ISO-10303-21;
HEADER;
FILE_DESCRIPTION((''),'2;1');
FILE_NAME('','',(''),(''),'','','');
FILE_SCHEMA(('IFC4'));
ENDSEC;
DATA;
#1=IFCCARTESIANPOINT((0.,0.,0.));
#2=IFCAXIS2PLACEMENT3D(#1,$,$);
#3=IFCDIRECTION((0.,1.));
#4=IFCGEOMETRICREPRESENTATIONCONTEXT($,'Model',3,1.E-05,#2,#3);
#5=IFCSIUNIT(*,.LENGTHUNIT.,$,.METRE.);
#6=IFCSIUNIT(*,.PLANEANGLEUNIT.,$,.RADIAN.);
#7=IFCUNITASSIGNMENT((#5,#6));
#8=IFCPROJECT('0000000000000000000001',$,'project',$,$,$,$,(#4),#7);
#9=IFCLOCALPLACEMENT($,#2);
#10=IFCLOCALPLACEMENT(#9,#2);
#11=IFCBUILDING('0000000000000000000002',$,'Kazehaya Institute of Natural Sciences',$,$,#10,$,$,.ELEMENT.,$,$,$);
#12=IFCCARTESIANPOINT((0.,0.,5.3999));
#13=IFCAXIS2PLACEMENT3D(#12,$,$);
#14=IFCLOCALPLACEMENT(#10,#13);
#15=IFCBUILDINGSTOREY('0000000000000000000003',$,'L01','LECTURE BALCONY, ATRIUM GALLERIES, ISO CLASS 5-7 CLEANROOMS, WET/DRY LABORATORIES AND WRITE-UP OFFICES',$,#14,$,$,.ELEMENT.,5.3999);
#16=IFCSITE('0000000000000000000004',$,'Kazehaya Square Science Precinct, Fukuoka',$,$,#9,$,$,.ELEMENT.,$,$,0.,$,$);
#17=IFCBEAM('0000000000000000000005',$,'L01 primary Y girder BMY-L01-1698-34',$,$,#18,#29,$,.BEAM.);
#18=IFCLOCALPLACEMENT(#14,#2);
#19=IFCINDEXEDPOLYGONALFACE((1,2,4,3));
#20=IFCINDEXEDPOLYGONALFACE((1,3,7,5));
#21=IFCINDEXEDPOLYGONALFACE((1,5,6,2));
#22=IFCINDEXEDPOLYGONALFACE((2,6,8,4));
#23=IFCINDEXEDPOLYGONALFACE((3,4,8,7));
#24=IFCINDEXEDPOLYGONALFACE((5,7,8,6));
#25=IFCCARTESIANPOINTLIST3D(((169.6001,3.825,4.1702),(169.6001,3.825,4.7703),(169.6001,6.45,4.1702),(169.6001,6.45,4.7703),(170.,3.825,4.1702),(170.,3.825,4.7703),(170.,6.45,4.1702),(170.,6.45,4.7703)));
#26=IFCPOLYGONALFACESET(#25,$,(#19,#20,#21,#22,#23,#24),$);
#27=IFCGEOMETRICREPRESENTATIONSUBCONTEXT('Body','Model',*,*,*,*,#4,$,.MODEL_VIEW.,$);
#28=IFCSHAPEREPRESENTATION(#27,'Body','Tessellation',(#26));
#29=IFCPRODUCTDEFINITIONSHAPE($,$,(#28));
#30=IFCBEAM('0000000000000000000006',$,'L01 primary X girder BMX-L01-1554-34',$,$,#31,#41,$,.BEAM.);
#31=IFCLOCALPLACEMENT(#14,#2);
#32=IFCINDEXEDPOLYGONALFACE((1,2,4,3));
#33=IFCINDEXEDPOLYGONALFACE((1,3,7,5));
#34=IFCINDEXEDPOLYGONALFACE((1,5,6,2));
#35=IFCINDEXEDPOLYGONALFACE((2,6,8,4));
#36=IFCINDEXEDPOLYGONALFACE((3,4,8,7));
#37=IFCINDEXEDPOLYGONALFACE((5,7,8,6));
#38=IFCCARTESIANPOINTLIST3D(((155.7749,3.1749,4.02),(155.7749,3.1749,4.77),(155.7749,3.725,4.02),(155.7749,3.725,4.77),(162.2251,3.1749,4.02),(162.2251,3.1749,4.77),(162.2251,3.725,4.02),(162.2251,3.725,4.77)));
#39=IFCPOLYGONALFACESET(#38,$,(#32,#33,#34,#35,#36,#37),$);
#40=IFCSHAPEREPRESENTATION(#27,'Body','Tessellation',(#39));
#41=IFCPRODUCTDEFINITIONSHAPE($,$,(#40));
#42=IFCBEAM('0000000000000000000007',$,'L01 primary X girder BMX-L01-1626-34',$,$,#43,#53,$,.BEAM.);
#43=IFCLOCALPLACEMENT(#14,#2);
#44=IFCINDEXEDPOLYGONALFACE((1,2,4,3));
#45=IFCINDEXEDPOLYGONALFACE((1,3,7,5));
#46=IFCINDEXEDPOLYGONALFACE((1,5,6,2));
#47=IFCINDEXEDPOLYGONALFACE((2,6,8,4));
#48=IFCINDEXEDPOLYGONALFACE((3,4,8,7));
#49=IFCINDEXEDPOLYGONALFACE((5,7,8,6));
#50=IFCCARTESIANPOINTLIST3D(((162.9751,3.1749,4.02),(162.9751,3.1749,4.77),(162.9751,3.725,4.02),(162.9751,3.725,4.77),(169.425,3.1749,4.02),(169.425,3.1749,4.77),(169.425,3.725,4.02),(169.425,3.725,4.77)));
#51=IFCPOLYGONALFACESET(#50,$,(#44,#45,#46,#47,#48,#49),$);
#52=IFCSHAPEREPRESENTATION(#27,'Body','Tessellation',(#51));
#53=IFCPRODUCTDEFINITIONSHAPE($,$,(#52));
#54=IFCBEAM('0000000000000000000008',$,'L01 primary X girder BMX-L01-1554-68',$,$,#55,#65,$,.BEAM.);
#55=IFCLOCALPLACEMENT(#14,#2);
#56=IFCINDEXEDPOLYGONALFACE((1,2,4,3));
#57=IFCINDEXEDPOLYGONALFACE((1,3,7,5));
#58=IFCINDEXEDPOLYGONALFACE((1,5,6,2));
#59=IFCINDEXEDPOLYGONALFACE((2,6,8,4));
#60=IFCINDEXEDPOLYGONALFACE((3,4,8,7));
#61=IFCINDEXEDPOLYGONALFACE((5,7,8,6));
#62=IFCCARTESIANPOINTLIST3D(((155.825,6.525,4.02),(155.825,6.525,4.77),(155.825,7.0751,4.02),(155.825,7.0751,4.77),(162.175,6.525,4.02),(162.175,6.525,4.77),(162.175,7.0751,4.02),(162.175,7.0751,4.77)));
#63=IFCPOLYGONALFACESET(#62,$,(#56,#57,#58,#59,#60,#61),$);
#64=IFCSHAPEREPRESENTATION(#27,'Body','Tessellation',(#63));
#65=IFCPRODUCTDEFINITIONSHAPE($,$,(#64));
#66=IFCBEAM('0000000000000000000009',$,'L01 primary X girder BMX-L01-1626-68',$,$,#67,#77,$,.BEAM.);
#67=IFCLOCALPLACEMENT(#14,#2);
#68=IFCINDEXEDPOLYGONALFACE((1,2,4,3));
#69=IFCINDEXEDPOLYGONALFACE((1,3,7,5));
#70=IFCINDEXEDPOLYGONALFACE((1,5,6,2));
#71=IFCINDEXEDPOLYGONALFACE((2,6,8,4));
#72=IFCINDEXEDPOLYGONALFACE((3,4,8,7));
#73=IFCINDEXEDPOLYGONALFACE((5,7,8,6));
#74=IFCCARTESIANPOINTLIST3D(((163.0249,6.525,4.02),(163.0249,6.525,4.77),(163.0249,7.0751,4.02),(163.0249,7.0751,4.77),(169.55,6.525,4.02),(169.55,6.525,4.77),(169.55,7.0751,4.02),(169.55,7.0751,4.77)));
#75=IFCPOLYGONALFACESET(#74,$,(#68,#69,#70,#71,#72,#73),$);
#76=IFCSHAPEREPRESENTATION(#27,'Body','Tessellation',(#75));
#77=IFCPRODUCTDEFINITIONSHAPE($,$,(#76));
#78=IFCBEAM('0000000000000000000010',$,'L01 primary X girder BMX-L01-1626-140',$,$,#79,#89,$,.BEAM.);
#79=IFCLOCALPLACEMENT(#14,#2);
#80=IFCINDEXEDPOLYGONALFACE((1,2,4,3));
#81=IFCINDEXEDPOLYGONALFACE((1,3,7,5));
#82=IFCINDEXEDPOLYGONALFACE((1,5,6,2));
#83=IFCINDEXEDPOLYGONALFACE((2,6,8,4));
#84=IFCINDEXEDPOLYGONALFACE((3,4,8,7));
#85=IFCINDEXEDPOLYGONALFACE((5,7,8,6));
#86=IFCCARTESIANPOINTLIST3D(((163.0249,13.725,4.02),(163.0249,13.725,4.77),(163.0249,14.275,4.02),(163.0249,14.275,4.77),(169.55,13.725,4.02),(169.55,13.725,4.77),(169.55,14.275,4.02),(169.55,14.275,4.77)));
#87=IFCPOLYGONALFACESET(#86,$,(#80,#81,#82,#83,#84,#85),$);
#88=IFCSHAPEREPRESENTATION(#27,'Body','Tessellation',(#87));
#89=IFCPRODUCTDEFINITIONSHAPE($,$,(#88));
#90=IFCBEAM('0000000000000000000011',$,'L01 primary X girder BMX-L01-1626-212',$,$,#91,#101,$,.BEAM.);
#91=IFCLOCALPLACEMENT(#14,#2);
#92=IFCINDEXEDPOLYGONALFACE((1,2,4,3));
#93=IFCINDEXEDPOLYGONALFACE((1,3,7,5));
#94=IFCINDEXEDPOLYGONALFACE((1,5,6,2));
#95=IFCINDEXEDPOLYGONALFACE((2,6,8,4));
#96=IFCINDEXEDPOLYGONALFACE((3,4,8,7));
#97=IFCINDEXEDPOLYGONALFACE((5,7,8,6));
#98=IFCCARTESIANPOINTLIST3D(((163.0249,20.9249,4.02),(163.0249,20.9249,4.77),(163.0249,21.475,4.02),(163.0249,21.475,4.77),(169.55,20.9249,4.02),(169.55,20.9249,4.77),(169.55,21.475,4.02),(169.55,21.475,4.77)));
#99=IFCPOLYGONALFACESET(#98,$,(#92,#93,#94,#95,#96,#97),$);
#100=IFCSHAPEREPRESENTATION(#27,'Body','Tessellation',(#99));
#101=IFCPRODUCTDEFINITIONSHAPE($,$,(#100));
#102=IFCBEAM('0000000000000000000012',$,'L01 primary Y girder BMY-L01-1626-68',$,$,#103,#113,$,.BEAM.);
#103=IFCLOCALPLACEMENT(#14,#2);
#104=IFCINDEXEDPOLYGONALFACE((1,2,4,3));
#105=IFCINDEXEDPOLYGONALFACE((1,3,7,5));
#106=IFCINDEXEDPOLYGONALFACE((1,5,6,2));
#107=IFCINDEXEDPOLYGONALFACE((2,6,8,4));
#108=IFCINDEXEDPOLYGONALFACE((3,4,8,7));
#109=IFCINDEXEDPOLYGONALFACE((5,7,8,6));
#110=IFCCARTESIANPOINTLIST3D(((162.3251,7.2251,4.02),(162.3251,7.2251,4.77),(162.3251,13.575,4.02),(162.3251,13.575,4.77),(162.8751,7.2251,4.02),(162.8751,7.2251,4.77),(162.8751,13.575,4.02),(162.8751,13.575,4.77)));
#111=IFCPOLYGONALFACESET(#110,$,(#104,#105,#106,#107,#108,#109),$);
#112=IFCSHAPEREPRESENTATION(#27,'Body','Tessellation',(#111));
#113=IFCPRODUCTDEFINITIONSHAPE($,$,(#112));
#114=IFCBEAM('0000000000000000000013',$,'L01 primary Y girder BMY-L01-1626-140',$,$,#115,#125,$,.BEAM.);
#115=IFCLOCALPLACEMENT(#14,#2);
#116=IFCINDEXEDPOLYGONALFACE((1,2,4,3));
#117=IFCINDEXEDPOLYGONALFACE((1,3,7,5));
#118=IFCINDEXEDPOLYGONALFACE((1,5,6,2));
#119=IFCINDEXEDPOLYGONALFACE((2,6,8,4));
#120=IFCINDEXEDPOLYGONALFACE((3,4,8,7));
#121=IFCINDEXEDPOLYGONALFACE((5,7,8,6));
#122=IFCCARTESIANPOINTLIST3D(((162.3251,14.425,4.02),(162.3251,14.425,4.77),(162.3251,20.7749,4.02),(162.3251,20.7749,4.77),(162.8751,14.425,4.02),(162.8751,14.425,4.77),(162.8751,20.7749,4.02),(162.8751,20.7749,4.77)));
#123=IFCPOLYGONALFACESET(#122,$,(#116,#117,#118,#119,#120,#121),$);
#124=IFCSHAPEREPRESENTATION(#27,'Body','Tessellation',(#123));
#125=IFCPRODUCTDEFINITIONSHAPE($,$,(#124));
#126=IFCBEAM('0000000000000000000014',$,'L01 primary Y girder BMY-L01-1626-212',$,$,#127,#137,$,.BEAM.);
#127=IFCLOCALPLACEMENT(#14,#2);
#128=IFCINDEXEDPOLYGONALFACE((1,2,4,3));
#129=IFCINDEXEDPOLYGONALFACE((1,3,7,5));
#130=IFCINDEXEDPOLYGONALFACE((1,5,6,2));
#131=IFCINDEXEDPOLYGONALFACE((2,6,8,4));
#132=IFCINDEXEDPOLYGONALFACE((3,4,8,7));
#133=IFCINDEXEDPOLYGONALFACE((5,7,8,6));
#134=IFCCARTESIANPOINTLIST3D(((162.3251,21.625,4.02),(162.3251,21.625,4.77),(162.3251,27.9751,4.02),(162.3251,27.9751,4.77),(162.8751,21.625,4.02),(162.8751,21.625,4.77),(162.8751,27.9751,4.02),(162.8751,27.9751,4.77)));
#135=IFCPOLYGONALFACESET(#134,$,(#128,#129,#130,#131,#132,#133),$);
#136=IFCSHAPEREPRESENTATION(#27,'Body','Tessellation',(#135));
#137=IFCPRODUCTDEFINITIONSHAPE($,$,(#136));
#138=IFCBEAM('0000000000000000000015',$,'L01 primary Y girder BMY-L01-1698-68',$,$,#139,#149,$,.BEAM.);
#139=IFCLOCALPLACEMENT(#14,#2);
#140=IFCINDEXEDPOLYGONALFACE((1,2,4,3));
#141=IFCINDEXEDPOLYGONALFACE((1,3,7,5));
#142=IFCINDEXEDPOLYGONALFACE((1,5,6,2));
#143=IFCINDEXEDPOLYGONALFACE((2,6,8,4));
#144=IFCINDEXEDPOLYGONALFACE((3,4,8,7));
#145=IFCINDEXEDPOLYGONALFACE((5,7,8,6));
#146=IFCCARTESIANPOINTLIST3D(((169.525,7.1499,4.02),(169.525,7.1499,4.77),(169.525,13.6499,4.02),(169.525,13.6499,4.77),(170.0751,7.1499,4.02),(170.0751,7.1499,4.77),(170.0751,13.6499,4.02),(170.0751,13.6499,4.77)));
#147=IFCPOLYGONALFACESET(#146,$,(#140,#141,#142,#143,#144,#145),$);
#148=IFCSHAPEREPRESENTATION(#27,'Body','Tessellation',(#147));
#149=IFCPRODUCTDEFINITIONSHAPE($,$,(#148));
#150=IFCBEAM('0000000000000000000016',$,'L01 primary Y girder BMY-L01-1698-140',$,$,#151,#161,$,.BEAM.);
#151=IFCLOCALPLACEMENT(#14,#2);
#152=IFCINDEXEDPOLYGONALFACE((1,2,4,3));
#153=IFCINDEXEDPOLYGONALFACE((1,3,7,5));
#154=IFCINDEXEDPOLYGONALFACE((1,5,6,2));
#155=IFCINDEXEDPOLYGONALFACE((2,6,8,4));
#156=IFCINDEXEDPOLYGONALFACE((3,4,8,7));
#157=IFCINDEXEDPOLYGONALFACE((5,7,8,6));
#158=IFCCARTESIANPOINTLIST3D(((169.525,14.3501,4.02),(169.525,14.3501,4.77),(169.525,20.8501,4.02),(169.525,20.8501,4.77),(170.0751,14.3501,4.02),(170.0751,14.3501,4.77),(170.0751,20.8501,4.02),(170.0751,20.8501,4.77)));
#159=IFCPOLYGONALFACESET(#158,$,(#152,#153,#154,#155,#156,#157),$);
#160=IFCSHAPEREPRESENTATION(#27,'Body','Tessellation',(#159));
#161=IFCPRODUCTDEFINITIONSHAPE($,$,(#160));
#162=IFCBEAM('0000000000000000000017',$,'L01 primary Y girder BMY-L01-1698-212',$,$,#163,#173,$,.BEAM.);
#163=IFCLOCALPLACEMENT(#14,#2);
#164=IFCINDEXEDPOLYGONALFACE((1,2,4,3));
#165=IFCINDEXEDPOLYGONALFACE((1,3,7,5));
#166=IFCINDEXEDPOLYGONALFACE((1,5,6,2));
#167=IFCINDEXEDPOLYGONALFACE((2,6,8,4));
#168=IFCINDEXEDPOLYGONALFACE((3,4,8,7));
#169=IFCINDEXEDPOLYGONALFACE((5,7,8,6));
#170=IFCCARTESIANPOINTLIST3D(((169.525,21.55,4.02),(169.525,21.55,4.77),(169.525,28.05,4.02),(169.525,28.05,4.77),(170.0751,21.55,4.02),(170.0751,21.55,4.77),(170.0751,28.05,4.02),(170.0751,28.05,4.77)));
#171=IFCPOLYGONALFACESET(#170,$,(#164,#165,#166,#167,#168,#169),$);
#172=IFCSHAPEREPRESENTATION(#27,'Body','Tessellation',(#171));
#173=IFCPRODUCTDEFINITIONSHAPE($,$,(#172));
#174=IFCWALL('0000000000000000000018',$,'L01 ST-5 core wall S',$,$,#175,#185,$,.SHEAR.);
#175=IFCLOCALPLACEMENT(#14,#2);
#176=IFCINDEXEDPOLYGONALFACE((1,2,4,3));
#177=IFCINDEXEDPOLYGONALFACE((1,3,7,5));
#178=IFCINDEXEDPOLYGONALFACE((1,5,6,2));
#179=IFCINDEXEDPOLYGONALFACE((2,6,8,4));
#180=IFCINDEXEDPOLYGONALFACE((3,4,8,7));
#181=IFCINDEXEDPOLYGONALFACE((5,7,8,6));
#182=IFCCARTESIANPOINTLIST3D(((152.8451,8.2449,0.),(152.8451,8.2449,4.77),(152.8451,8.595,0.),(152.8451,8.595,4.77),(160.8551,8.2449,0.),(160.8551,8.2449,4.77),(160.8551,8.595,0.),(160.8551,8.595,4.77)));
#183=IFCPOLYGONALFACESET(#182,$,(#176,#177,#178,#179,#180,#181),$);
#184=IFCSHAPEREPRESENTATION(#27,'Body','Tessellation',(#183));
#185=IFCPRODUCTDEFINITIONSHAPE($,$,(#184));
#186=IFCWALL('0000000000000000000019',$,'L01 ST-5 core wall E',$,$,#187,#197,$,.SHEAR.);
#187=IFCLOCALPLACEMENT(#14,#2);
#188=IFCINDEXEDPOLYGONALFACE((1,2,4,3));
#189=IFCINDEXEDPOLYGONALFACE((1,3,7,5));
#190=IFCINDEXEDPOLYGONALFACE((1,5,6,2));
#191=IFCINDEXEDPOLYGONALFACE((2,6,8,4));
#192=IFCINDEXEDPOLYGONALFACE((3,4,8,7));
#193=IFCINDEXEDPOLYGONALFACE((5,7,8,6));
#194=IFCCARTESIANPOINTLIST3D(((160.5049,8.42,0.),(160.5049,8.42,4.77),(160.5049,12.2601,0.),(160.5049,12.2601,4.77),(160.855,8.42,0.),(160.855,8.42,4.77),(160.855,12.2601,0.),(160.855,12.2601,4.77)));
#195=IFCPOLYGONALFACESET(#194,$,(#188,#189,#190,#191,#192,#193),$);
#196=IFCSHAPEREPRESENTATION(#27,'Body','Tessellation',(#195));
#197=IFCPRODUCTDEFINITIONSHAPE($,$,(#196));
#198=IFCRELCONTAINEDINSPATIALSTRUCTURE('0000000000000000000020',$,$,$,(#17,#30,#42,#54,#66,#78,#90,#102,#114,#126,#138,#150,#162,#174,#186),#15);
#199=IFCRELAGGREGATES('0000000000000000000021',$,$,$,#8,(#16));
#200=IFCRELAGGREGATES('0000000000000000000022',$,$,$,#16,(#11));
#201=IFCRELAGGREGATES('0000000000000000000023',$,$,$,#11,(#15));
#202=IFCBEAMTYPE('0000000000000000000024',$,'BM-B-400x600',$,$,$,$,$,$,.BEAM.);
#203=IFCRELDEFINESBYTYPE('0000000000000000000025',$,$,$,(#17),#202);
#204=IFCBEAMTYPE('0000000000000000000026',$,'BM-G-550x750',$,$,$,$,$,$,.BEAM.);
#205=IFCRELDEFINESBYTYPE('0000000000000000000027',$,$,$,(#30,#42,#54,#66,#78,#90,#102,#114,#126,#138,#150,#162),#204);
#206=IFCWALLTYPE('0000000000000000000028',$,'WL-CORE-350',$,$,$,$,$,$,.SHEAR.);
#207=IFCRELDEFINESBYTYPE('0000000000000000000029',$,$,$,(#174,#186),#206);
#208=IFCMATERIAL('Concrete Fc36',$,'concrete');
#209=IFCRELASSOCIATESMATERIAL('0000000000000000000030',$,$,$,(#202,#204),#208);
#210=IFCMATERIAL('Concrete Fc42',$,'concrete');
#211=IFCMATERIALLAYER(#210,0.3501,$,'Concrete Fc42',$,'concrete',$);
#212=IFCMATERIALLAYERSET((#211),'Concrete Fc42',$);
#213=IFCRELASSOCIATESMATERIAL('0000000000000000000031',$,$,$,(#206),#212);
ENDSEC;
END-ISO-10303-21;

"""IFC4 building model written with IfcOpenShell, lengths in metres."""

from ifc_helpers import new_model, si_unit, direction, frame, frame_2d, origin, origin_2d, place, context, subcontext, project, spatial, rectangle, extrude, material, layer, layer_set, material_profile, profile_set, type_object, element, save


model = new_model("IFC4")

# Units and contexts
model_context = context("Model", 3, precision=1e-05, world=origin(), true_north=direction((0.0, 1.0)))
body_context = subcontext(model_context, "Body", "Model", "MODEL_VIEW")
ifc_project = project(units=[si_unit("LENGTHUNIT", "METRE"), si_unit("PLANEANGLEUNIT", "RADIAN")], contexts=[model_context])

# Site, building, storey
site_placement = place(None, origin())
site = spatial("IfcSite", under=ifc_project, at=site_placement, Name="Kazehaya Square Science Precinct, Fukuoka", CompositionType="ELEMENT", RefElevation=0.0)
building_placement = place(site_placement, origin())
building = spatial("IfcBuilding", under=site, at=building_placement, Name="Kazehaya Institute of Natural Sciences", CompositionType="ELEMENT")
storey_placement = place(building_placement, frame((0.0, 0.0, 5.3999)))
storey = spatial("IfcBuildingStorey", under=building, at=storey_placement, Name="L01", Description="LECTURE BALCONY, ATRIUM GALLERIES, ISO CLASS 5-7 CLEANROOMS, WET/DRY LABORATORIES AND WRITE-UP OFFICES", CompositionType="ELEMENT", Elevation=5.3999)

# Shared definitions
ifc_material_1 = material(Name="Concrete Fc36", Category="concrete")
ifc_material_2 = material(Name="Concrete Fc42", Category="concrete")

# Beams
ifc_material_profile_1 = material_profile(ifc_material_1, rectangle(XDim=0.3999, YDim=0.6001, at=origin_2d()), Name="RC-400x600")
ifc_profile_set_1 = profile_set([ifc_material_profile_1], Name="Concrete Fc36")
beam_type_1 = type_object("IfcBeamType", Name="BM-B-400x600", PredefinedType="BEAM", material=ifc_profile_set_1)
beam_1_placement = place(storey_placement, frame((169.8, 3.825, 4.4702), z_axis=(0.0, 1.0, 0.0), x_axis=(-1.0, 0.0, 0.0)))
element("IfcBeam", 1, at=beam_1_placement, inside=storey, type_object=beam_type_1, Name="L01 primary Y girder BMY-L01-1698-34", PredefinedType="BEAM", context=body_context, shape_type="SweptSolid", body=[
    extrude(rectangle(XDim=0.3999, YDim=0.6001, at=origin_2d()), origin(), (0.0, 0.0, 1.0), 2.625),
])
ifc_material_profile_2 = material_profile(ifc_material_1, rectangle(XDim=0.55, YDim=0.75, at=origin_2d()), Name="RC-550x750")
ifc_profile_set_2 = profile_set([ifc_material_profile_2], Name="Concrete Fc36")
beam_type_2 = type_object("IfcBeamType", Name="BM-G-550x750", PredefinedType="BEAM", material=ifc_profile_set_2)
beam_2_placement = place(storey_placement, frame((155.7749, 3.45, 4.395), z_axis=(1.0, 0.0, 0.0), x_axis=(0.0, 1.0, 0.0)))
element("IfcBeam", 2, at=beam_2_placement, inside=storey, type_object=beam_type_2, Name="L01 primary X girder BMX-L01-1554-34", PredefinedType="BEAM", context=body_context, shape_type="SweptSolid", body=[
    extrude(rectangle(XDim=0.55, YDim=0.75, at=origin_2d()), origin(), (0.0, 0.0, 1.0), 6.4502),
])
beam_3_placement = place(storey_placement, frame((162.9751, 3.45, 4.395), z_axis=(1.0, 0.0, 0.0), x_axis=(0.0, 1.0, 0.0)))
element("IfcBeam", 3, at=beam_3_placement, inside=storey, type_object=beam_type_2, Name="L01 primary X girder BMX-L01-1626-34", PredefinedType="BEAM", context=body_context, shape_type="SweptSolid", body=[
    extrude(rectangle(XDim=0.55, YDim=0.75, at=origin_2d()), origin(), (0.0, 0.0, 1.0), 6.45),
])
beam_4_placement = place(storey_placement, frame((155.825, 6.8, 4.395), z_axis=(1.0, 0.0, 0.0), x_axis=(0.0, 1.0, 0.0)))
element("IfcBeam", 4, at=beam_4_placement, inside=storey, type_object=beam_type_2, Name="L01 primary X girder BMX-L01-1554-68", PredefinedType="BEAM", context=body_context, shape_type="SweptSolid", body=[
    extrude(rectangle(XDim=0.55, YDim=0.75, at=origin_2d()), origin(), (0.0, 0.0, 1.0), 6.3501),
])
for number, where, z_axis, x_axis, name in (
    (5, (163.0249, 6.8, 4.395), (1.0, 0.0, 0.0), (0.0, 1.0, 0.0), "L01 primary X girder BMX-L01-1626-68"),
    (6, (163.0249, 14.0, 4.395), (1.0, 0.0, 0.0), (0.0, 1.0, 0.0), "L01 primary X girder BMX-L01-1626-140"),
    (7, (163.0249, 21.2, 4.395), (1.0, 0.0, 0.0), (0.0, 1.0, 0.0), "L01 primary X girder BMX-L01-1626-212"),
):
    element("IfcBeam", number, at=place(storey_placement, frame(where, z_axis=z_axis, x_axis=x_axis)), inside=storey, type_object=beam_type_2, Name=name, PredefinedType="BEAM", context=body_context, shape_type="SweptSolid", body=[
        extrude(rectangle(XDim=0.55, YDim=0.75, at=origin_2d()), origin(), (0.0, 0.0, 1.0), 6.5251),
    ])
for number, where, z_axis, x_axis, name in (
    (8, (162.6001, 7.2251, 4.395), (0.0, 1.0, 0.0), (-1.0, 0.0, 0.0), "L01 primary Y girder BMY-L01-1626-68"),
    (9, (162.6001, 14.425, 4.395), (0.0, 1.0, 0.0), (-1.0, 0.0, 0.0), "L01 primary Y girder BMY-L01-1626-140"),
):
    element("IfcBeam", number, at=place(storey_placement, frame(where, z_axis=z_axis, x_axis=x_axis)), inside=storey, type_object=beam_type_2, Name=name, PredefinedType="BEAM", context=body_context, shape_type="SweptSolid", body=[
        extrude(rectangle(XDim=0.55, YDim=0.75, at=origin_2d()), origin(), (0.0, 0.0, 1.0), 6.3499),
    ])
beam_5_placement = place(storey_placement, frame((162.6001, 21.625, 4.395), z_axis=(0.0, 1.0, 0.0), x_axis=(-1.0, 0.0, 0.0)))
element("IfcBeam", 10, at=beam_5_placement, inside=storey, type_object=beam_type_2, Name="L01 primary Y girder BMY-L01-1626-212", PredefinedType="BEAM", context=body_context, shape_type="SweptSolid", body=[
    extrude(rectangle(XDim=0.55, YDim=0.75, at=origin_2d()), origin(), (0.0, 0.0, 1.0), 6.3501),
])
for number, where, z_axis, x_axis, name in (
    (11, (169.8, 7.1499, 4.395), (0.0, 1.0, 0.0), (-1.0, 0.0, 0.0), "L01 primary Y girder BMY-L01-1698-68"),
    (12, (169.8, 14.3501, 4.395), (0.0, 1.0, 0.0), (-1.0, 0.0, 0.0), "L01 primary Y girder BMY-L01-1698-140"),
    (13, (169.8, 21.55, 4.395), (0.0, 1.0, 0.0), (-1.0, 0.0, 0.0), "L01 primary Y girder BMY-L01-1698-212"),
):
    element("IfcBeam", number, at=place(storey_placement, frame(where, z_axis=z_axis, x_axis=x_axis)), inside=storey, type_object=beam_type_2, Name=name, PredefinedType="BEAM", context=body_context, shape_type="SweptSolid", body=[
        extrude(rectangle(XDim=0.55, YDim=0.75, at=origin_2d()), origin(), (0.0, 0.0, 1.0), 6.5),
    ])

# Walls
ifc_layer_1 = layer(ifc_material_2, 0.3501, Name="Concrete Fc42", Category="concrete")
ifc_layer_set_1 = layer_set([ifc_layer_1], Name="Concrete Fc42")
wall_type_1 = type_object("IfcWallType", Name="WL-CORE-350", PredefinedType="SHEAR", material=ifc_layer_set_1)
wall_1_placement = place(storey_placement, frame((160.855, 8.4199, 0.0), z_axis=(0.0, 0.0, 1.0), x_axis=(-1.0, 0.0, 0.0)))
element("IfcWall", 14, at=wall_1_placement, inside=storey, type_object=wall_type_1, Name="L01 ST-5 core wall S", PredefinedType="SHEAR", context=body_context, shape_type="SweptSolid", body=[
    extrude(rectangle(XDim=8.01, YDim=0.3501, at=frame_2d((4.0049, 0.0))), origin(), (0.0, 0.0, 1.0), 4.77),
])
wall_2_placement = place(storey_placement, frame((160.6799, 12.26, 0.0), z_axis=(0.0, 0.0, 1.0), x_axis=(0.0, -1.0, 0.0)))
element("IfcWall", 15, at=wall_2_placement, inside=storey, type_object=wall_type_1, Name="L01 ST-5 core wall E", PredefinedType="SHEAR", context=body_context, shape_type="SweptSolid", body=[
    extrude(rectangle(XDim=3.8401, YDim=0.3501, at=frame_2d((1.9199, 0.0))), origin(), (0.0, 0.0, 1.0), 4.77),
])

save(model, "model.ifc")
